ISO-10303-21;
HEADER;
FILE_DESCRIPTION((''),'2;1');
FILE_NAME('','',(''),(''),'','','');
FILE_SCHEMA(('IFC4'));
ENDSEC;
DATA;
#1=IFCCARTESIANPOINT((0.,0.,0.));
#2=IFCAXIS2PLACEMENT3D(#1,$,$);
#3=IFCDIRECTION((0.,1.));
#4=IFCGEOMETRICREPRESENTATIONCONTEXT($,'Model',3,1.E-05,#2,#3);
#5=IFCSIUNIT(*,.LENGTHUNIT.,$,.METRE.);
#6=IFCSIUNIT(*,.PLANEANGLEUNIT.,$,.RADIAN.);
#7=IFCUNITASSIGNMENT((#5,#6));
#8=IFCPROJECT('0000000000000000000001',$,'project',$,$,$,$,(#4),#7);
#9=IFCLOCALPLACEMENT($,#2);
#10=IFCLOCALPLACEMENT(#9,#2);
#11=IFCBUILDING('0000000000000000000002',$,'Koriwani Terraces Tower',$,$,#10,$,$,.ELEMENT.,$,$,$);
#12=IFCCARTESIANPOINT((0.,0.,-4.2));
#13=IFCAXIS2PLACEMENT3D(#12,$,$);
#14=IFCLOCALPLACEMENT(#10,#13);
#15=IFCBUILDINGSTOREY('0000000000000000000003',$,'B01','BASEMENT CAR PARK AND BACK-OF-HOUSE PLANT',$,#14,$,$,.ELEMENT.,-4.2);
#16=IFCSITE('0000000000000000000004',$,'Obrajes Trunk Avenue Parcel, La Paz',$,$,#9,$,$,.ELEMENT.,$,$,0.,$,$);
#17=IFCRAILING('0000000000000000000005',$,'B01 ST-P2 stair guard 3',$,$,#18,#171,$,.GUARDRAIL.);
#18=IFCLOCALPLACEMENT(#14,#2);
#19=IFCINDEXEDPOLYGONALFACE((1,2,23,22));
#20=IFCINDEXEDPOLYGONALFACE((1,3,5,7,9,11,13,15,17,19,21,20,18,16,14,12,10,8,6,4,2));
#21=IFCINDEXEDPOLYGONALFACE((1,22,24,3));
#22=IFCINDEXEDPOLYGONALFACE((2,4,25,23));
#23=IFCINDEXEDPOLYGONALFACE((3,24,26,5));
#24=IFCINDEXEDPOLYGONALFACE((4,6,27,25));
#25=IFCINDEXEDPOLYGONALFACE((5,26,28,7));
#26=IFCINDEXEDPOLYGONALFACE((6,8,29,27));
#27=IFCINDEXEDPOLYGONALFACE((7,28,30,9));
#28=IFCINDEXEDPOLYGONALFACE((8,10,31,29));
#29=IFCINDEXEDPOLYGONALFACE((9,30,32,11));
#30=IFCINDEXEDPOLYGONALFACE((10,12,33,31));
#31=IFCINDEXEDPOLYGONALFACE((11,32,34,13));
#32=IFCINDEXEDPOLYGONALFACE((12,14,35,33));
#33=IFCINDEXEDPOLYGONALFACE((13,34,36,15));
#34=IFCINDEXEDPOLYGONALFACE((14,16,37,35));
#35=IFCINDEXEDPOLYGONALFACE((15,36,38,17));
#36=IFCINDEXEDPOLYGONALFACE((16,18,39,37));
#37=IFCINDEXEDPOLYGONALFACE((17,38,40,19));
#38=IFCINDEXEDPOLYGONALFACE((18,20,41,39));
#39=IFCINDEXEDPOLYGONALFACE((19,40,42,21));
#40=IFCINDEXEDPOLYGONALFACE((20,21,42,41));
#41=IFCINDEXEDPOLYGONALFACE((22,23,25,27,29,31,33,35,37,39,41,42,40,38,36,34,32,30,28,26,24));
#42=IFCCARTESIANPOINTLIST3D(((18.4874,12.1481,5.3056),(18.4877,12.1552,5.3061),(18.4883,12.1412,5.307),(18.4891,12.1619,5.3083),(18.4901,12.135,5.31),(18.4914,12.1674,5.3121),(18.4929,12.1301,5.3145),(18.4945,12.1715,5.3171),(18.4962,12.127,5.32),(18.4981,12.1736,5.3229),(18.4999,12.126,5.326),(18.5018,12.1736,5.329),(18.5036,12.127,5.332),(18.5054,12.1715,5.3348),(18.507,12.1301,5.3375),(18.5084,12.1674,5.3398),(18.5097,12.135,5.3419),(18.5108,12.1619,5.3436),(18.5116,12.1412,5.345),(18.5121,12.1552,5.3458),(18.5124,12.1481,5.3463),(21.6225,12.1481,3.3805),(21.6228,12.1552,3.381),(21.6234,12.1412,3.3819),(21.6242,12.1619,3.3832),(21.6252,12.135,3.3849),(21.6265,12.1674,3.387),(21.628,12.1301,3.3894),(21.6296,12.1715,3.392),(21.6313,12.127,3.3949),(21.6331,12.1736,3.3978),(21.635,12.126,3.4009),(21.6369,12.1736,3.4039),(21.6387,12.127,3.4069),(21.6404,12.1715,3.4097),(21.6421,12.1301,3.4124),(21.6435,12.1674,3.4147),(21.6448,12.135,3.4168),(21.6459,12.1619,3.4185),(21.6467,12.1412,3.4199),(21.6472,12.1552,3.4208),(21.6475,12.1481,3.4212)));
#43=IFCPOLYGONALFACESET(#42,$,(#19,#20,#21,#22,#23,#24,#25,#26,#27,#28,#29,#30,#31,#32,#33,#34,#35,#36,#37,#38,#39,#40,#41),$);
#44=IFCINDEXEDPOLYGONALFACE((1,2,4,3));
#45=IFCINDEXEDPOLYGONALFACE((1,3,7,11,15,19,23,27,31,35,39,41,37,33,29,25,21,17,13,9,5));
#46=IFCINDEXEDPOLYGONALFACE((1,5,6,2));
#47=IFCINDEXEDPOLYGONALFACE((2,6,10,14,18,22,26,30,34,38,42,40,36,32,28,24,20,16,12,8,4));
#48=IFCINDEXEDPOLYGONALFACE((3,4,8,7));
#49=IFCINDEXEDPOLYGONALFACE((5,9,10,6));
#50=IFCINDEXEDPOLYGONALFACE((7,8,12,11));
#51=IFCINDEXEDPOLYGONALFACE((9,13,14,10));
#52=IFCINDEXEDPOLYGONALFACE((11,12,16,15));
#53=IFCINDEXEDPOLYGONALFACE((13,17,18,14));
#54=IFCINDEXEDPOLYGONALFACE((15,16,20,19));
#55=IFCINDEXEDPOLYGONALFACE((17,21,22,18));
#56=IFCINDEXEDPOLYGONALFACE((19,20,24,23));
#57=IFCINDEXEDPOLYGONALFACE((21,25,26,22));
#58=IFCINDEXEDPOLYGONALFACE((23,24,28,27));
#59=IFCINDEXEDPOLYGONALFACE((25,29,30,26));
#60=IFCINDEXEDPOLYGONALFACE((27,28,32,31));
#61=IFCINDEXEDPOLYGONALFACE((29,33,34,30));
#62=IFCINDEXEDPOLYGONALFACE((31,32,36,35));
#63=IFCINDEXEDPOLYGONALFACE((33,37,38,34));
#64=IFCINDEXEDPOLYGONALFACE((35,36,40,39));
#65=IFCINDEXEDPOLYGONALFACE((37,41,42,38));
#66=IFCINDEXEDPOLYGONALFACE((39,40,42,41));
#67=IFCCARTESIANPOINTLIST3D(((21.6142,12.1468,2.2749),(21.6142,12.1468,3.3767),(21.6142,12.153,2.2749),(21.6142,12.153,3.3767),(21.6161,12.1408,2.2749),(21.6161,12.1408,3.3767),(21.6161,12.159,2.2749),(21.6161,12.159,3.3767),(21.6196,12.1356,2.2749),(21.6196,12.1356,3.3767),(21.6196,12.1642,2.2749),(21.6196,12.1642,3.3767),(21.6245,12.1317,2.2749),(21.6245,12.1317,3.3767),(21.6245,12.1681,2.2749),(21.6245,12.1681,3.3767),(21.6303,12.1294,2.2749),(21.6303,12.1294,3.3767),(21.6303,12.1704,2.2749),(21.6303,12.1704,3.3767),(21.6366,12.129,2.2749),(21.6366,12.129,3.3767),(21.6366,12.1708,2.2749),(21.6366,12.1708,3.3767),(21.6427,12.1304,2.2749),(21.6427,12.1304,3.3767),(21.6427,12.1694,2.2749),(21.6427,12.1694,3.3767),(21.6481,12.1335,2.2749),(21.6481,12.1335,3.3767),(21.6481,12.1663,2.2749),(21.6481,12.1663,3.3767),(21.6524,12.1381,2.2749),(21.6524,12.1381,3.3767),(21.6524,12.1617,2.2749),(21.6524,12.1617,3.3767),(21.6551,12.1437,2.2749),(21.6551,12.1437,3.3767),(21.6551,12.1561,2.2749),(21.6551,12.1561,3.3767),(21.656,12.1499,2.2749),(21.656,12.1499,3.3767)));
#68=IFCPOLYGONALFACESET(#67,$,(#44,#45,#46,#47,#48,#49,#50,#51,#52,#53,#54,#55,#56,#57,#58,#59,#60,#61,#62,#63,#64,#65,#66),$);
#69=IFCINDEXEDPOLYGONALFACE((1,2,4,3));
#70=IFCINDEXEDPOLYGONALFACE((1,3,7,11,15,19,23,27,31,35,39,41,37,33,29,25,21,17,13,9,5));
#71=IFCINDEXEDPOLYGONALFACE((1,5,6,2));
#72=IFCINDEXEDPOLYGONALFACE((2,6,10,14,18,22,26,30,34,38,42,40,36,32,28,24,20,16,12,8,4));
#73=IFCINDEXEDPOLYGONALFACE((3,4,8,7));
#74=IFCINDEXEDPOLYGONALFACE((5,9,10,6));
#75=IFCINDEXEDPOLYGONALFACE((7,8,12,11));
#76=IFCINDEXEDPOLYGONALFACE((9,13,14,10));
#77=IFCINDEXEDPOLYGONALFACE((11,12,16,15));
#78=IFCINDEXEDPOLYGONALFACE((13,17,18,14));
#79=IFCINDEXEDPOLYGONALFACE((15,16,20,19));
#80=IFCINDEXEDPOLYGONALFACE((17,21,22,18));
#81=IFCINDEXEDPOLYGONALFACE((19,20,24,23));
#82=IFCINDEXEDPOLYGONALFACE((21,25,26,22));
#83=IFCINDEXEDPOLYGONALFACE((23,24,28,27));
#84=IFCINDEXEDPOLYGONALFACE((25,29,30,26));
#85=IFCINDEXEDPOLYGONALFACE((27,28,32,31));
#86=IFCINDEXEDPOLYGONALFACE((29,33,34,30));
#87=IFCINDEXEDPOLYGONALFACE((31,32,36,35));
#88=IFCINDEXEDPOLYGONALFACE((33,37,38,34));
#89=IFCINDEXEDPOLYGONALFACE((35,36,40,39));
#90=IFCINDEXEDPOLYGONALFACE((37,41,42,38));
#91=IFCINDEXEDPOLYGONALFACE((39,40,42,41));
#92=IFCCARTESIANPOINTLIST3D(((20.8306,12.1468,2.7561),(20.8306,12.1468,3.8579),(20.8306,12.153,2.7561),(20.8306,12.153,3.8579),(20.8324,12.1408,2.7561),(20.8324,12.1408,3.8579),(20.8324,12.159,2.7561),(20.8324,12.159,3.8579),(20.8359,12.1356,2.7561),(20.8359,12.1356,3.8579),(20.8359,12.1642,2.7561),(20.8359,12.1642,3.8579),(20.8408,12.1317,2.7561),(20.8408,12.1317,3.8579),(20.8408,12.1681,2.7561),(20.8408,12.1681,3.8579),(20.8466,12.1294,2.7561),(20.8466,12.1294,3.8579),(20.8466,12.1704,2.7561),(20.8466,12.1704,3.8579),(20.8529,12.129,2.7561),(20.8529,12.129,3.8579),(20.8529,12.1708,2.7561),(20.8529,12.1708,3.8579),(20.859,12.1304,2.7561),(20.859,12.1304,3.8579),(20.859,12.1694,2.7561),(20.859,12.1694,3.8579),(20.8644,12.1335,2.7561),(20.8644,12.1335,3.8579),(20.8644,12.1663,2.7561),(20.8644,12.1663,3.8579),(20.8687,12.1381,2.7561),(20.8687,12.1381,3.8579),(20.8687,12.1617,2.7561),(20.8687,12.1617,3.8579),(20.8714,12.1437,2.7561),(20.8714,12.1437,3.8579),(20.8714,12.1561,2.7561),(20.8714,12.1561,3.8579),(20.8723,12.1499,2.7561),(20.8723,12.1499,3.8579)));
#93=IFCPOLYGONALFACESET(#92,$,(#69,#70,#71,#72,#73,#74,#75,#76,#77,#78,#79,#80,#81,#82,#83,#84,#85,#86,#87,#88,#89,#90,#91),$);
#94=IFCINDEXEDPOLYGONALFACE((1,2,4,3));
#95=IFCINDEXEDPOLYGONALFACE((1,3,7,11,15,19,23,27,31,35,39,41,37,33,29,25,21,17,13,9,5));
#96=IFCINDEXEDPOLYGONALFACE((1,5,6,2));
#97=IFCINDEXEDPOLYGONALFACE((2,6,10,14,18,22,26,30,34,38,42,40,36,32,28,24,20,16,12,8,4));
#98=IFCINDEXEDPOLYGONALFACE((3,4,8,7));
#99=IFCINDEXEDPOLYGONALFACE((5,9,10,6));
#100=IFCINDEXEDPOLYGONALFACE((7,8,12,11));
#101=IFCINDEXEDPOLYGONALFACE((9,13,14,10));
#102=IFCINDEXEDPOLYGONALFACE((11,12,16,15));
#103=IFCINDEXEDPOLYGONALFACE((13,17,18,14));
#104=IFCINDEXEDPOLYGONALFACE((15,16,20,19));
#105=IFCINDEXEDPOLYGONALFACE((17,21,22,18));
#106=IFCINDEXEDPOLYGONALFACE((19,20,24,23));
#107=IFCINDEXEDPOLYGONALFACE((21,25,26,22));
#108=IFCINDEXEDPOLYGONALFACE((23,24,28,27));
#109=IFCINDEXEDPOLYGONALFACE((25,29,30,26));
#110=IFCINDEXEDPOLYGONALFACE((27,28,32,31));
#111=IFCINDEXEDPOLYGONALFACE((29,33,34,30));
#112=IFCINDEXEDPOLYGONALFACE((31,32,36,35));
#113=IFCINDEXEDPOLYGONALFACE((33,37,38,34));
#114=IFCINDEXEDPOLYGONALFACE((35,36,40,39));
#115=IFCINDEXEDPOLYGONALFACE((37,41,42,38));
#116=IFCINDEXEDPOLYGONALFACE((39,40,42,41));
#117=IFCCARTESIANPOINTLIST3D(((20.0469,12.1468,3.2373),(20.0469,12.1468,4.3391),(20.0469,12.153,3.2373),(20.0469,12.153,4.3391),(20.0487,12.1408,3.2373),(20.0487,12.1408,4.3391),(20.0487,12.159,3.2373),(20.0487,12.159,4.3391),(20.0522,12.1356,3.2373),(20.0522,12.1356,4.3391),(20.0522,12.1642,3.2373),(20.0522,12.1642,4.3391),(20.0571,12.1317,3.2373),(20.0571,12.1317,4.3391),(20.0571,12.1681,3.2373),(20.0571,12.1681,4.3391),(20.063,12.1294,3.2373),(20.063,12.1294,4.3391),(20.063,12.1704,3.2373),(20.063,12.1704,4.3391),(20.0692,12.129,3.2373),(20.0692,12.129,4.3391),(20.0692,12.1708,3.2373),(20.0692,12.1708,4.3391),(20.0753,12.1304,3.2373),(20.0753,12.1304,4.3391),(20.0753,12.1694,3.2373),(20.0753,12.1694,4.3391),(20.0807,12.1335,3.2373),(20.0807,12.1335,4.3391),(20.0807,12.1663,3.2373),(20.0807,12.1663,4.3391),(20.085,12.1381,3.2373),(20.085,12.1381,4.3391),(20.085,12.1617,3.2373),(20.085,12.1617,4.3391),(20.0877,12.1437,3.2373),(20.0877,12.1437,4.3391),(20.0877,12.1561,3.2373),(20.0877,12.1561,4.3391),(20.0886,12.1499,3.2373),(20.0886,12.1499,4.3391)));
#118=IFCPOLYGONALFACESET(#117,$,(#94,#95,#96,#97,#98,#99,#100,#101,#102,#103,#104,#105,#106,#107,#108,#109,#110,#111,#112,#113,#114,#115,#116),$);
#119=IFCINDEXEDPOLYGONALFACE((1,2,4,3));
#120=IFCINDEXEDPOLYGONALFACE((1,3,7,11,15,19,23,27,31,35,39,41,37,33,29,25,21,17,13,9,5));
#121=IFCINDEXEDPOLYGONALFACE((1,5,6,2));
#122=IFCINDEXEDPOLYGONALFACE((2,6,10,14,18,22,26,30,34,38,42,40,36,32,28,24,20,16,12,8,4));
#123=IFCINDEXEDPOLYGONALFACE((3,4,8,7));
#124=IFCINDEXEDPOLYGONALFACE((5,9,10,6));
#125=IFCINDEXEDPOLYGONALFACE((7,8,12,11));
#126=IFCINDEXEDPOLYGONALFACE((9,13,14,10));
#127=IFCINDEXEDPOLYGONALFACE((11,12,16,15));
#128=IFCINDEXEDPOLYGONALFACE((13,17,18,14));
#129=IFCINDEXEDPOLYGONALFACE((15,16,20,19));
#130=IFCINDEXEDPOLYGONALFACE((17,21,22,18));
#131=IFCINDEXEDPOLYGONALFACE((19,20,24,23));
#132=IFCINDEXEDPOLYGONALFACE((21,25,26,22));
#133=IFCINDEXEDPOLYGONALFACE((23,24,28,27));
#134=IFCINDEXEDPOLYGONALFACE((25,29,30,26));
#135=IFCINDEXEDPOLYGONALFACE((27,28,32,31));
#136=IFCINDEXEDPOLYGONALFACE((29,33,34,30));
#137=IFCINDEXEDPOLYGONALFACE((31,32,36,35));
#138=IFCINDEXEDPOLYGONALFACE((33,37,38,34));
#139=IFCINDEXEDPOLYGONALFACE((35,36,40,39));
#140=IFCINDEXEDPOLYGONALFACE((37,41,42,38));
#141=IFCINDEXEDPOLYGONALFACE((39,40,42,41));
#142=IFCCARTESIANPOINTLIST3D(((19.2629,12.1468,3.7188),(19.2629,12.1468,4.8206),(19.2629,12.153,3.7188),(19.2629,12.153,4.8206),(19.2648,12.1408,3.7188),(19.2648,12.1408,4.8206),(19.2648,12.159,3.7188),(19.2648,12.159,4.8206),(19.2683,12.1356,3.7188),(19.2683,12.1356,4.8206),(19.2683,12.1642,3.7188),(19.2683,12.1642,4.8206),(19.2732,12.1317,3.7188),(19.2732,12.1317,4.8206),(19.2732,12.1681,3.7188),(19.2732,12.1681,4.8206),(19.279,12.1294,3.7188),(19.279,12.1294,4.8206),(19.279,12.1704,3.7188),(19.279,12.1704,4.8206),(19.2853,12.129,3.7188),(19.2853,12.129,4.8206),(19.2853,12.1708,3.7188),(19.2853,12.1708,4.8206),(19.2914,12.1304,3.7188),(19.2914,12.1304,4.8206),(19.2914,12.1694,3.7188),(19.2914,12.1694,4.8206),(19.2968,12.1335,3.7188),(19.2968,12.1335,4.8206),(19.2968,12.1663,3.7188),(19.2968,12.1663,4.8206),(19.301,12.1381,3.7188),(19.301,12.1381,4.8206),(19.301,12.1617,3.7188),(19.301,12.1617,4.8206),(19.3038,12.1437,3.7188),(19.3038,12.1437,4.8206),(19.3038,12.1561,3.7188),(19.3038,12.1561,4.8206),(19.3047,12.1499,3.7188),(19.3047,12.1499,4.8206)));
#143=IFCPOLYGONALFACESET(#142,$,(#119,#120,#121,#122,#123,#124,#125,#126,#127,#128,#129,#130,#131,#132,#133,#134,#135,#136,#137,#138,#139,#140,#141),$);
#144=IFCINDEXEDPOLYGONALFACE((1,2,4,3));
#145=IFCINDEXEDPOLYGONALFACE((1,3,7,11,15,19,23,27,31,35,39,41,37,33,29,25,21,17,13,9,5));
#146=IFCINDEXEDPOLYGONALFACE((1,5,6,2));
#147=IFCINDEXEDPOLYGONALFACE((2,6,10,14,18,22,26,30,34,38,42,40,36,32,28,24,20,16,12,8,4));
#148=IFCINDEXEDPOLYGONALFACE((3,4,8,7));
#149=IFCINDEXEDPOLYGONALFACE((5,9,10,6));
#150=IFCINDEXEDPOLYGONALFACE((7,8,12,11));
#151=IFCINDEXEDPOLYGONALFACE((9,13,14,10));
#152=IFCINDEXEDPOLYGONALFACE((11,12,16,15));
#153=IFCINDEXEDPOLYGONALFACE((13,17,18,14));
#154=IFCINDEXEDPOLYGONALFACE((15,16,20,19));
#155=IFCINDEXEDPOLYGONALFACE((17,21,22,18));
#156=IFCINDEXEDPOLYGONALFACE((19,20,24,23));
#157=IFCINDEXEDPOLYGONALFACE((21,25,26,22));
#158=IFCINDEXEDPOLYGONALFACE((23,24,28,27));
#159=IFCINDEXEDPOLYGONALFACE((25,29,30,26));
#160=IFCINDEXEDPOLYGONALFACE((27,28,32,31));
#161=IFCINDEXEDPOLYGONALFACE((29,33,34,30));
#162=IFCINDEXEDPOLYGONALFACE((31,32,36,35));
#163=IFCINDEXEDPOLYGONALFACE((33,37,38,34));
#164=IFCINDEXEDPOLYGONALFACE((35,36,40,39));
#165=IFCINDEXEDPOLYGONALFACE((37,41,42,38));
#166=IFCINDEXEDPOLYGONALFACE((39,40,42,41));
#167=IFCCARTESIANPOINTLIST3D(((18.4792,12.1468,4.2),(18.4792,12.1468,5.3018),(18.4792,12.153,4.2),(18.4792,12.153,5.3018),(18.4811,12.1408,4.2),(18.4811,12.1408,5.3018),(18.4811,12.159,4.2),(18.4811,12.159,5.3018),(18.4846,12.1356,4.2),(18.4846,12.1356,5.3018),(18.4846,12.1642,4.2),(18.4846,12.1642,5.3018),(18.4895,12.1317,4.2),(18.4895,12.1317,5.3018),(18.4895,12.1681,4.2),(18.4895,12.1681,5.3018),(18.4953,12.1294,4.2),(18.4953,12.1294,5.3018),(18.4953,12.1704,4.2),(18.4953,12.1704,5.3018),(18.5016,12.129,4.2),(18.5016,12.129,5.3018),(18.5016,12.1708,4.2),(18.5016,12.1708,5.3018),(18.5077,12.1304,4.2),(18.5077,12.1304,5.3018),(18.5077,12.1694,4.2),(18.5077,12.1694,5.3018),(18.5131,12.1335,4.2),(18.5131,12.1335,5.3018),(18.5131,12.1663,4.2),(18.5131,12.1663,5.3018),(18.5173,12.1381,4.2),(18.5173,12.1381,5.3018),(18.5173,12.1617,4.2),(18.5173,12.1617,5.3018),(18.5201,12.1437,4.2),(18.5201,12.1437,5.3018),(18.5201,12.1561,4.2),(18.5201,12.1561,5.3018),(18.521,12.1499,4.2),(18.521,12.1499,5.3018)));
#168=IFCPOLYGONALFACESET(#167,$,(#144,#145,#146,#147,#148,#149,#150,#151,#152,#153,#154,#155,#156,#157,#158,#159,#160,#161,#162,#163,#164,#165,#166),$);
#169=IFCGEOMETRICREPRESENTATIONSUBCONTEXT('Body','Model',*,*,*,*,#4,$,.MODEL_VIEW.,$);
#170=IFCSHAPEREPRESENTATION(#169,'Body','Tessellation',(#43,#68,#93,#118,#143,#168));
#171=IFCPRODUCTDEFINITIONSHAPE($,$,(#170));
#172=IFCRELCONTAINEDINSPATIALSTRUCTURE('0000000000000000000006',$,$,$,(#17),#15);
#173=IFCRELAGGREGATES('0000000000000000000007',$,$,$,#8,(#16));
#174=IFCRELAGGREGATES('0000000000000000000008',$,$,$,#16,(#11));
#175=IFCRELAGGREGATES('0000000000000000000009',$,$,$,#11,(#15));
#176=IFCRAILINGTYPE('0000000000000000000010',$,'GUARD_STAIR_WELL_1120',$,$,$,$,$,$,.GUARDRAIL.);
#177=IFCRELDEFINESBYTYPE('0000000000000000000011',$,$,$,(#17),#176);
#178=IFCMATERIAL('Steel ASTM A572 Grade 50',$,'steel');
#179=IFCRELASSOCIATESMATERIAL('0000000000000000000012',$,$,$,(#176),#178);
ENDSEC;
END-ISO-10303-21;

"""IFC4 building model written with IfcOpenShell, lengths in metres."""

from ifc_helpers import new_model, si_unit, direction, frame, origin, origin_2d, place, context, subcontext, project, spatial, circle, extrude, material, type_object, element, save


model = new_model("IFC4")

# Units and contexts
model_context = context("Model", 3, precision=1e-05, world=origin(), true_north=direction((0.0, 1.0)))
body_context = subcontext(model_context, "Body", "Model", "MODEL_VIEW")
ifc_project = project(units=[si_unit("LENGTHUNIT", "METRE"), si_unit("PLANEANGLEUNIT", "RADIAN")], contexts=[model_context])

# Site, building, storey
site_placement = place(None, origin())
site = spatial("IfcSite", under=ifc_project, at=site_placement, Name="Obrajes Trunk Avenue Parcel, La Paz", CompositionType="ELEMENT", RefElevation=0.0)
building_placement = place(site_placement, origin())
building = spatial("IfcBuilding", under=site, at=building_placement, Name="Koriwani Terraces Tower", CompositionType="ELEMENT")
storey_placement = place(building_placement, frame((0.0, 0.0, -4.2)))
storey = spatial("IfcBuildingStorey", under=building, at=storey_placement, Name="B01", Description="BASEMENT CAR PARK AND BACK-OF-HOUSE PLANT", CompositionType="ELEMENT", Elevation=-4.2)

# Shared definitions
ifc_material_1 = material(Name="Steel ASTM A572 Grade 50", Category="steel")

# Railing
railing_type_1 = type_object("IfcRailingType", Name="GUARD_STAIR_WELL_1120", PredefinedType="GUARDRAIL", material=ifc_material_1)
railing_1_placement = place(storey_placement, frame((21.635, 12.1499, 2.2749)))
element("IfcRailing", 1, at=railing_1_placement, inside=storey, type_object=railing_type_1, Name="B01 ST-P2 stair guard 3", PredefinedType="GUARDRAIL", context=body_context, shape_type="SweptSolid", body=[
    extrude(circle(Radius=0.0239, at=origin_2d()), frame((0.0, 0.0, 1.126), z_axis=(-0.852166, 0.0, 0.523271), x_axis=(0.0, -1.0, 0.0)), (0.0, 0.0, 1.0), 3.679),
    extrude(circle(Radius=0.021, at=origin_2d()), origin(), (0.0, 0.0, 1.0), 1.1018),
    extrude(circle(Radius=0.021, at=origin_2d()), frame((-0.7837, 0.0, 0.4812)), (0.0, 0.0, 1.0), 1.1018),
    extrude(circle(Radius=0.021, at=origin_2d()), frame((-1.5674, 0.0, 0.9624)), (0.0, 0.0, 1.0), 1.1018),
    extrude(circle(Radius=0.021, at=origin_2d()), frame((-2.3513, 0.0, 1.4438)), (0.0, 0.0, 1.0), 1.1018),
    extrude(circle(Radius=0.021, at=origin_2d()), frame((-3.135, 0.0, 1.925)), (0.0, 0.0, 1.0), 1.1018),
])

save(model, "model.ifc")
